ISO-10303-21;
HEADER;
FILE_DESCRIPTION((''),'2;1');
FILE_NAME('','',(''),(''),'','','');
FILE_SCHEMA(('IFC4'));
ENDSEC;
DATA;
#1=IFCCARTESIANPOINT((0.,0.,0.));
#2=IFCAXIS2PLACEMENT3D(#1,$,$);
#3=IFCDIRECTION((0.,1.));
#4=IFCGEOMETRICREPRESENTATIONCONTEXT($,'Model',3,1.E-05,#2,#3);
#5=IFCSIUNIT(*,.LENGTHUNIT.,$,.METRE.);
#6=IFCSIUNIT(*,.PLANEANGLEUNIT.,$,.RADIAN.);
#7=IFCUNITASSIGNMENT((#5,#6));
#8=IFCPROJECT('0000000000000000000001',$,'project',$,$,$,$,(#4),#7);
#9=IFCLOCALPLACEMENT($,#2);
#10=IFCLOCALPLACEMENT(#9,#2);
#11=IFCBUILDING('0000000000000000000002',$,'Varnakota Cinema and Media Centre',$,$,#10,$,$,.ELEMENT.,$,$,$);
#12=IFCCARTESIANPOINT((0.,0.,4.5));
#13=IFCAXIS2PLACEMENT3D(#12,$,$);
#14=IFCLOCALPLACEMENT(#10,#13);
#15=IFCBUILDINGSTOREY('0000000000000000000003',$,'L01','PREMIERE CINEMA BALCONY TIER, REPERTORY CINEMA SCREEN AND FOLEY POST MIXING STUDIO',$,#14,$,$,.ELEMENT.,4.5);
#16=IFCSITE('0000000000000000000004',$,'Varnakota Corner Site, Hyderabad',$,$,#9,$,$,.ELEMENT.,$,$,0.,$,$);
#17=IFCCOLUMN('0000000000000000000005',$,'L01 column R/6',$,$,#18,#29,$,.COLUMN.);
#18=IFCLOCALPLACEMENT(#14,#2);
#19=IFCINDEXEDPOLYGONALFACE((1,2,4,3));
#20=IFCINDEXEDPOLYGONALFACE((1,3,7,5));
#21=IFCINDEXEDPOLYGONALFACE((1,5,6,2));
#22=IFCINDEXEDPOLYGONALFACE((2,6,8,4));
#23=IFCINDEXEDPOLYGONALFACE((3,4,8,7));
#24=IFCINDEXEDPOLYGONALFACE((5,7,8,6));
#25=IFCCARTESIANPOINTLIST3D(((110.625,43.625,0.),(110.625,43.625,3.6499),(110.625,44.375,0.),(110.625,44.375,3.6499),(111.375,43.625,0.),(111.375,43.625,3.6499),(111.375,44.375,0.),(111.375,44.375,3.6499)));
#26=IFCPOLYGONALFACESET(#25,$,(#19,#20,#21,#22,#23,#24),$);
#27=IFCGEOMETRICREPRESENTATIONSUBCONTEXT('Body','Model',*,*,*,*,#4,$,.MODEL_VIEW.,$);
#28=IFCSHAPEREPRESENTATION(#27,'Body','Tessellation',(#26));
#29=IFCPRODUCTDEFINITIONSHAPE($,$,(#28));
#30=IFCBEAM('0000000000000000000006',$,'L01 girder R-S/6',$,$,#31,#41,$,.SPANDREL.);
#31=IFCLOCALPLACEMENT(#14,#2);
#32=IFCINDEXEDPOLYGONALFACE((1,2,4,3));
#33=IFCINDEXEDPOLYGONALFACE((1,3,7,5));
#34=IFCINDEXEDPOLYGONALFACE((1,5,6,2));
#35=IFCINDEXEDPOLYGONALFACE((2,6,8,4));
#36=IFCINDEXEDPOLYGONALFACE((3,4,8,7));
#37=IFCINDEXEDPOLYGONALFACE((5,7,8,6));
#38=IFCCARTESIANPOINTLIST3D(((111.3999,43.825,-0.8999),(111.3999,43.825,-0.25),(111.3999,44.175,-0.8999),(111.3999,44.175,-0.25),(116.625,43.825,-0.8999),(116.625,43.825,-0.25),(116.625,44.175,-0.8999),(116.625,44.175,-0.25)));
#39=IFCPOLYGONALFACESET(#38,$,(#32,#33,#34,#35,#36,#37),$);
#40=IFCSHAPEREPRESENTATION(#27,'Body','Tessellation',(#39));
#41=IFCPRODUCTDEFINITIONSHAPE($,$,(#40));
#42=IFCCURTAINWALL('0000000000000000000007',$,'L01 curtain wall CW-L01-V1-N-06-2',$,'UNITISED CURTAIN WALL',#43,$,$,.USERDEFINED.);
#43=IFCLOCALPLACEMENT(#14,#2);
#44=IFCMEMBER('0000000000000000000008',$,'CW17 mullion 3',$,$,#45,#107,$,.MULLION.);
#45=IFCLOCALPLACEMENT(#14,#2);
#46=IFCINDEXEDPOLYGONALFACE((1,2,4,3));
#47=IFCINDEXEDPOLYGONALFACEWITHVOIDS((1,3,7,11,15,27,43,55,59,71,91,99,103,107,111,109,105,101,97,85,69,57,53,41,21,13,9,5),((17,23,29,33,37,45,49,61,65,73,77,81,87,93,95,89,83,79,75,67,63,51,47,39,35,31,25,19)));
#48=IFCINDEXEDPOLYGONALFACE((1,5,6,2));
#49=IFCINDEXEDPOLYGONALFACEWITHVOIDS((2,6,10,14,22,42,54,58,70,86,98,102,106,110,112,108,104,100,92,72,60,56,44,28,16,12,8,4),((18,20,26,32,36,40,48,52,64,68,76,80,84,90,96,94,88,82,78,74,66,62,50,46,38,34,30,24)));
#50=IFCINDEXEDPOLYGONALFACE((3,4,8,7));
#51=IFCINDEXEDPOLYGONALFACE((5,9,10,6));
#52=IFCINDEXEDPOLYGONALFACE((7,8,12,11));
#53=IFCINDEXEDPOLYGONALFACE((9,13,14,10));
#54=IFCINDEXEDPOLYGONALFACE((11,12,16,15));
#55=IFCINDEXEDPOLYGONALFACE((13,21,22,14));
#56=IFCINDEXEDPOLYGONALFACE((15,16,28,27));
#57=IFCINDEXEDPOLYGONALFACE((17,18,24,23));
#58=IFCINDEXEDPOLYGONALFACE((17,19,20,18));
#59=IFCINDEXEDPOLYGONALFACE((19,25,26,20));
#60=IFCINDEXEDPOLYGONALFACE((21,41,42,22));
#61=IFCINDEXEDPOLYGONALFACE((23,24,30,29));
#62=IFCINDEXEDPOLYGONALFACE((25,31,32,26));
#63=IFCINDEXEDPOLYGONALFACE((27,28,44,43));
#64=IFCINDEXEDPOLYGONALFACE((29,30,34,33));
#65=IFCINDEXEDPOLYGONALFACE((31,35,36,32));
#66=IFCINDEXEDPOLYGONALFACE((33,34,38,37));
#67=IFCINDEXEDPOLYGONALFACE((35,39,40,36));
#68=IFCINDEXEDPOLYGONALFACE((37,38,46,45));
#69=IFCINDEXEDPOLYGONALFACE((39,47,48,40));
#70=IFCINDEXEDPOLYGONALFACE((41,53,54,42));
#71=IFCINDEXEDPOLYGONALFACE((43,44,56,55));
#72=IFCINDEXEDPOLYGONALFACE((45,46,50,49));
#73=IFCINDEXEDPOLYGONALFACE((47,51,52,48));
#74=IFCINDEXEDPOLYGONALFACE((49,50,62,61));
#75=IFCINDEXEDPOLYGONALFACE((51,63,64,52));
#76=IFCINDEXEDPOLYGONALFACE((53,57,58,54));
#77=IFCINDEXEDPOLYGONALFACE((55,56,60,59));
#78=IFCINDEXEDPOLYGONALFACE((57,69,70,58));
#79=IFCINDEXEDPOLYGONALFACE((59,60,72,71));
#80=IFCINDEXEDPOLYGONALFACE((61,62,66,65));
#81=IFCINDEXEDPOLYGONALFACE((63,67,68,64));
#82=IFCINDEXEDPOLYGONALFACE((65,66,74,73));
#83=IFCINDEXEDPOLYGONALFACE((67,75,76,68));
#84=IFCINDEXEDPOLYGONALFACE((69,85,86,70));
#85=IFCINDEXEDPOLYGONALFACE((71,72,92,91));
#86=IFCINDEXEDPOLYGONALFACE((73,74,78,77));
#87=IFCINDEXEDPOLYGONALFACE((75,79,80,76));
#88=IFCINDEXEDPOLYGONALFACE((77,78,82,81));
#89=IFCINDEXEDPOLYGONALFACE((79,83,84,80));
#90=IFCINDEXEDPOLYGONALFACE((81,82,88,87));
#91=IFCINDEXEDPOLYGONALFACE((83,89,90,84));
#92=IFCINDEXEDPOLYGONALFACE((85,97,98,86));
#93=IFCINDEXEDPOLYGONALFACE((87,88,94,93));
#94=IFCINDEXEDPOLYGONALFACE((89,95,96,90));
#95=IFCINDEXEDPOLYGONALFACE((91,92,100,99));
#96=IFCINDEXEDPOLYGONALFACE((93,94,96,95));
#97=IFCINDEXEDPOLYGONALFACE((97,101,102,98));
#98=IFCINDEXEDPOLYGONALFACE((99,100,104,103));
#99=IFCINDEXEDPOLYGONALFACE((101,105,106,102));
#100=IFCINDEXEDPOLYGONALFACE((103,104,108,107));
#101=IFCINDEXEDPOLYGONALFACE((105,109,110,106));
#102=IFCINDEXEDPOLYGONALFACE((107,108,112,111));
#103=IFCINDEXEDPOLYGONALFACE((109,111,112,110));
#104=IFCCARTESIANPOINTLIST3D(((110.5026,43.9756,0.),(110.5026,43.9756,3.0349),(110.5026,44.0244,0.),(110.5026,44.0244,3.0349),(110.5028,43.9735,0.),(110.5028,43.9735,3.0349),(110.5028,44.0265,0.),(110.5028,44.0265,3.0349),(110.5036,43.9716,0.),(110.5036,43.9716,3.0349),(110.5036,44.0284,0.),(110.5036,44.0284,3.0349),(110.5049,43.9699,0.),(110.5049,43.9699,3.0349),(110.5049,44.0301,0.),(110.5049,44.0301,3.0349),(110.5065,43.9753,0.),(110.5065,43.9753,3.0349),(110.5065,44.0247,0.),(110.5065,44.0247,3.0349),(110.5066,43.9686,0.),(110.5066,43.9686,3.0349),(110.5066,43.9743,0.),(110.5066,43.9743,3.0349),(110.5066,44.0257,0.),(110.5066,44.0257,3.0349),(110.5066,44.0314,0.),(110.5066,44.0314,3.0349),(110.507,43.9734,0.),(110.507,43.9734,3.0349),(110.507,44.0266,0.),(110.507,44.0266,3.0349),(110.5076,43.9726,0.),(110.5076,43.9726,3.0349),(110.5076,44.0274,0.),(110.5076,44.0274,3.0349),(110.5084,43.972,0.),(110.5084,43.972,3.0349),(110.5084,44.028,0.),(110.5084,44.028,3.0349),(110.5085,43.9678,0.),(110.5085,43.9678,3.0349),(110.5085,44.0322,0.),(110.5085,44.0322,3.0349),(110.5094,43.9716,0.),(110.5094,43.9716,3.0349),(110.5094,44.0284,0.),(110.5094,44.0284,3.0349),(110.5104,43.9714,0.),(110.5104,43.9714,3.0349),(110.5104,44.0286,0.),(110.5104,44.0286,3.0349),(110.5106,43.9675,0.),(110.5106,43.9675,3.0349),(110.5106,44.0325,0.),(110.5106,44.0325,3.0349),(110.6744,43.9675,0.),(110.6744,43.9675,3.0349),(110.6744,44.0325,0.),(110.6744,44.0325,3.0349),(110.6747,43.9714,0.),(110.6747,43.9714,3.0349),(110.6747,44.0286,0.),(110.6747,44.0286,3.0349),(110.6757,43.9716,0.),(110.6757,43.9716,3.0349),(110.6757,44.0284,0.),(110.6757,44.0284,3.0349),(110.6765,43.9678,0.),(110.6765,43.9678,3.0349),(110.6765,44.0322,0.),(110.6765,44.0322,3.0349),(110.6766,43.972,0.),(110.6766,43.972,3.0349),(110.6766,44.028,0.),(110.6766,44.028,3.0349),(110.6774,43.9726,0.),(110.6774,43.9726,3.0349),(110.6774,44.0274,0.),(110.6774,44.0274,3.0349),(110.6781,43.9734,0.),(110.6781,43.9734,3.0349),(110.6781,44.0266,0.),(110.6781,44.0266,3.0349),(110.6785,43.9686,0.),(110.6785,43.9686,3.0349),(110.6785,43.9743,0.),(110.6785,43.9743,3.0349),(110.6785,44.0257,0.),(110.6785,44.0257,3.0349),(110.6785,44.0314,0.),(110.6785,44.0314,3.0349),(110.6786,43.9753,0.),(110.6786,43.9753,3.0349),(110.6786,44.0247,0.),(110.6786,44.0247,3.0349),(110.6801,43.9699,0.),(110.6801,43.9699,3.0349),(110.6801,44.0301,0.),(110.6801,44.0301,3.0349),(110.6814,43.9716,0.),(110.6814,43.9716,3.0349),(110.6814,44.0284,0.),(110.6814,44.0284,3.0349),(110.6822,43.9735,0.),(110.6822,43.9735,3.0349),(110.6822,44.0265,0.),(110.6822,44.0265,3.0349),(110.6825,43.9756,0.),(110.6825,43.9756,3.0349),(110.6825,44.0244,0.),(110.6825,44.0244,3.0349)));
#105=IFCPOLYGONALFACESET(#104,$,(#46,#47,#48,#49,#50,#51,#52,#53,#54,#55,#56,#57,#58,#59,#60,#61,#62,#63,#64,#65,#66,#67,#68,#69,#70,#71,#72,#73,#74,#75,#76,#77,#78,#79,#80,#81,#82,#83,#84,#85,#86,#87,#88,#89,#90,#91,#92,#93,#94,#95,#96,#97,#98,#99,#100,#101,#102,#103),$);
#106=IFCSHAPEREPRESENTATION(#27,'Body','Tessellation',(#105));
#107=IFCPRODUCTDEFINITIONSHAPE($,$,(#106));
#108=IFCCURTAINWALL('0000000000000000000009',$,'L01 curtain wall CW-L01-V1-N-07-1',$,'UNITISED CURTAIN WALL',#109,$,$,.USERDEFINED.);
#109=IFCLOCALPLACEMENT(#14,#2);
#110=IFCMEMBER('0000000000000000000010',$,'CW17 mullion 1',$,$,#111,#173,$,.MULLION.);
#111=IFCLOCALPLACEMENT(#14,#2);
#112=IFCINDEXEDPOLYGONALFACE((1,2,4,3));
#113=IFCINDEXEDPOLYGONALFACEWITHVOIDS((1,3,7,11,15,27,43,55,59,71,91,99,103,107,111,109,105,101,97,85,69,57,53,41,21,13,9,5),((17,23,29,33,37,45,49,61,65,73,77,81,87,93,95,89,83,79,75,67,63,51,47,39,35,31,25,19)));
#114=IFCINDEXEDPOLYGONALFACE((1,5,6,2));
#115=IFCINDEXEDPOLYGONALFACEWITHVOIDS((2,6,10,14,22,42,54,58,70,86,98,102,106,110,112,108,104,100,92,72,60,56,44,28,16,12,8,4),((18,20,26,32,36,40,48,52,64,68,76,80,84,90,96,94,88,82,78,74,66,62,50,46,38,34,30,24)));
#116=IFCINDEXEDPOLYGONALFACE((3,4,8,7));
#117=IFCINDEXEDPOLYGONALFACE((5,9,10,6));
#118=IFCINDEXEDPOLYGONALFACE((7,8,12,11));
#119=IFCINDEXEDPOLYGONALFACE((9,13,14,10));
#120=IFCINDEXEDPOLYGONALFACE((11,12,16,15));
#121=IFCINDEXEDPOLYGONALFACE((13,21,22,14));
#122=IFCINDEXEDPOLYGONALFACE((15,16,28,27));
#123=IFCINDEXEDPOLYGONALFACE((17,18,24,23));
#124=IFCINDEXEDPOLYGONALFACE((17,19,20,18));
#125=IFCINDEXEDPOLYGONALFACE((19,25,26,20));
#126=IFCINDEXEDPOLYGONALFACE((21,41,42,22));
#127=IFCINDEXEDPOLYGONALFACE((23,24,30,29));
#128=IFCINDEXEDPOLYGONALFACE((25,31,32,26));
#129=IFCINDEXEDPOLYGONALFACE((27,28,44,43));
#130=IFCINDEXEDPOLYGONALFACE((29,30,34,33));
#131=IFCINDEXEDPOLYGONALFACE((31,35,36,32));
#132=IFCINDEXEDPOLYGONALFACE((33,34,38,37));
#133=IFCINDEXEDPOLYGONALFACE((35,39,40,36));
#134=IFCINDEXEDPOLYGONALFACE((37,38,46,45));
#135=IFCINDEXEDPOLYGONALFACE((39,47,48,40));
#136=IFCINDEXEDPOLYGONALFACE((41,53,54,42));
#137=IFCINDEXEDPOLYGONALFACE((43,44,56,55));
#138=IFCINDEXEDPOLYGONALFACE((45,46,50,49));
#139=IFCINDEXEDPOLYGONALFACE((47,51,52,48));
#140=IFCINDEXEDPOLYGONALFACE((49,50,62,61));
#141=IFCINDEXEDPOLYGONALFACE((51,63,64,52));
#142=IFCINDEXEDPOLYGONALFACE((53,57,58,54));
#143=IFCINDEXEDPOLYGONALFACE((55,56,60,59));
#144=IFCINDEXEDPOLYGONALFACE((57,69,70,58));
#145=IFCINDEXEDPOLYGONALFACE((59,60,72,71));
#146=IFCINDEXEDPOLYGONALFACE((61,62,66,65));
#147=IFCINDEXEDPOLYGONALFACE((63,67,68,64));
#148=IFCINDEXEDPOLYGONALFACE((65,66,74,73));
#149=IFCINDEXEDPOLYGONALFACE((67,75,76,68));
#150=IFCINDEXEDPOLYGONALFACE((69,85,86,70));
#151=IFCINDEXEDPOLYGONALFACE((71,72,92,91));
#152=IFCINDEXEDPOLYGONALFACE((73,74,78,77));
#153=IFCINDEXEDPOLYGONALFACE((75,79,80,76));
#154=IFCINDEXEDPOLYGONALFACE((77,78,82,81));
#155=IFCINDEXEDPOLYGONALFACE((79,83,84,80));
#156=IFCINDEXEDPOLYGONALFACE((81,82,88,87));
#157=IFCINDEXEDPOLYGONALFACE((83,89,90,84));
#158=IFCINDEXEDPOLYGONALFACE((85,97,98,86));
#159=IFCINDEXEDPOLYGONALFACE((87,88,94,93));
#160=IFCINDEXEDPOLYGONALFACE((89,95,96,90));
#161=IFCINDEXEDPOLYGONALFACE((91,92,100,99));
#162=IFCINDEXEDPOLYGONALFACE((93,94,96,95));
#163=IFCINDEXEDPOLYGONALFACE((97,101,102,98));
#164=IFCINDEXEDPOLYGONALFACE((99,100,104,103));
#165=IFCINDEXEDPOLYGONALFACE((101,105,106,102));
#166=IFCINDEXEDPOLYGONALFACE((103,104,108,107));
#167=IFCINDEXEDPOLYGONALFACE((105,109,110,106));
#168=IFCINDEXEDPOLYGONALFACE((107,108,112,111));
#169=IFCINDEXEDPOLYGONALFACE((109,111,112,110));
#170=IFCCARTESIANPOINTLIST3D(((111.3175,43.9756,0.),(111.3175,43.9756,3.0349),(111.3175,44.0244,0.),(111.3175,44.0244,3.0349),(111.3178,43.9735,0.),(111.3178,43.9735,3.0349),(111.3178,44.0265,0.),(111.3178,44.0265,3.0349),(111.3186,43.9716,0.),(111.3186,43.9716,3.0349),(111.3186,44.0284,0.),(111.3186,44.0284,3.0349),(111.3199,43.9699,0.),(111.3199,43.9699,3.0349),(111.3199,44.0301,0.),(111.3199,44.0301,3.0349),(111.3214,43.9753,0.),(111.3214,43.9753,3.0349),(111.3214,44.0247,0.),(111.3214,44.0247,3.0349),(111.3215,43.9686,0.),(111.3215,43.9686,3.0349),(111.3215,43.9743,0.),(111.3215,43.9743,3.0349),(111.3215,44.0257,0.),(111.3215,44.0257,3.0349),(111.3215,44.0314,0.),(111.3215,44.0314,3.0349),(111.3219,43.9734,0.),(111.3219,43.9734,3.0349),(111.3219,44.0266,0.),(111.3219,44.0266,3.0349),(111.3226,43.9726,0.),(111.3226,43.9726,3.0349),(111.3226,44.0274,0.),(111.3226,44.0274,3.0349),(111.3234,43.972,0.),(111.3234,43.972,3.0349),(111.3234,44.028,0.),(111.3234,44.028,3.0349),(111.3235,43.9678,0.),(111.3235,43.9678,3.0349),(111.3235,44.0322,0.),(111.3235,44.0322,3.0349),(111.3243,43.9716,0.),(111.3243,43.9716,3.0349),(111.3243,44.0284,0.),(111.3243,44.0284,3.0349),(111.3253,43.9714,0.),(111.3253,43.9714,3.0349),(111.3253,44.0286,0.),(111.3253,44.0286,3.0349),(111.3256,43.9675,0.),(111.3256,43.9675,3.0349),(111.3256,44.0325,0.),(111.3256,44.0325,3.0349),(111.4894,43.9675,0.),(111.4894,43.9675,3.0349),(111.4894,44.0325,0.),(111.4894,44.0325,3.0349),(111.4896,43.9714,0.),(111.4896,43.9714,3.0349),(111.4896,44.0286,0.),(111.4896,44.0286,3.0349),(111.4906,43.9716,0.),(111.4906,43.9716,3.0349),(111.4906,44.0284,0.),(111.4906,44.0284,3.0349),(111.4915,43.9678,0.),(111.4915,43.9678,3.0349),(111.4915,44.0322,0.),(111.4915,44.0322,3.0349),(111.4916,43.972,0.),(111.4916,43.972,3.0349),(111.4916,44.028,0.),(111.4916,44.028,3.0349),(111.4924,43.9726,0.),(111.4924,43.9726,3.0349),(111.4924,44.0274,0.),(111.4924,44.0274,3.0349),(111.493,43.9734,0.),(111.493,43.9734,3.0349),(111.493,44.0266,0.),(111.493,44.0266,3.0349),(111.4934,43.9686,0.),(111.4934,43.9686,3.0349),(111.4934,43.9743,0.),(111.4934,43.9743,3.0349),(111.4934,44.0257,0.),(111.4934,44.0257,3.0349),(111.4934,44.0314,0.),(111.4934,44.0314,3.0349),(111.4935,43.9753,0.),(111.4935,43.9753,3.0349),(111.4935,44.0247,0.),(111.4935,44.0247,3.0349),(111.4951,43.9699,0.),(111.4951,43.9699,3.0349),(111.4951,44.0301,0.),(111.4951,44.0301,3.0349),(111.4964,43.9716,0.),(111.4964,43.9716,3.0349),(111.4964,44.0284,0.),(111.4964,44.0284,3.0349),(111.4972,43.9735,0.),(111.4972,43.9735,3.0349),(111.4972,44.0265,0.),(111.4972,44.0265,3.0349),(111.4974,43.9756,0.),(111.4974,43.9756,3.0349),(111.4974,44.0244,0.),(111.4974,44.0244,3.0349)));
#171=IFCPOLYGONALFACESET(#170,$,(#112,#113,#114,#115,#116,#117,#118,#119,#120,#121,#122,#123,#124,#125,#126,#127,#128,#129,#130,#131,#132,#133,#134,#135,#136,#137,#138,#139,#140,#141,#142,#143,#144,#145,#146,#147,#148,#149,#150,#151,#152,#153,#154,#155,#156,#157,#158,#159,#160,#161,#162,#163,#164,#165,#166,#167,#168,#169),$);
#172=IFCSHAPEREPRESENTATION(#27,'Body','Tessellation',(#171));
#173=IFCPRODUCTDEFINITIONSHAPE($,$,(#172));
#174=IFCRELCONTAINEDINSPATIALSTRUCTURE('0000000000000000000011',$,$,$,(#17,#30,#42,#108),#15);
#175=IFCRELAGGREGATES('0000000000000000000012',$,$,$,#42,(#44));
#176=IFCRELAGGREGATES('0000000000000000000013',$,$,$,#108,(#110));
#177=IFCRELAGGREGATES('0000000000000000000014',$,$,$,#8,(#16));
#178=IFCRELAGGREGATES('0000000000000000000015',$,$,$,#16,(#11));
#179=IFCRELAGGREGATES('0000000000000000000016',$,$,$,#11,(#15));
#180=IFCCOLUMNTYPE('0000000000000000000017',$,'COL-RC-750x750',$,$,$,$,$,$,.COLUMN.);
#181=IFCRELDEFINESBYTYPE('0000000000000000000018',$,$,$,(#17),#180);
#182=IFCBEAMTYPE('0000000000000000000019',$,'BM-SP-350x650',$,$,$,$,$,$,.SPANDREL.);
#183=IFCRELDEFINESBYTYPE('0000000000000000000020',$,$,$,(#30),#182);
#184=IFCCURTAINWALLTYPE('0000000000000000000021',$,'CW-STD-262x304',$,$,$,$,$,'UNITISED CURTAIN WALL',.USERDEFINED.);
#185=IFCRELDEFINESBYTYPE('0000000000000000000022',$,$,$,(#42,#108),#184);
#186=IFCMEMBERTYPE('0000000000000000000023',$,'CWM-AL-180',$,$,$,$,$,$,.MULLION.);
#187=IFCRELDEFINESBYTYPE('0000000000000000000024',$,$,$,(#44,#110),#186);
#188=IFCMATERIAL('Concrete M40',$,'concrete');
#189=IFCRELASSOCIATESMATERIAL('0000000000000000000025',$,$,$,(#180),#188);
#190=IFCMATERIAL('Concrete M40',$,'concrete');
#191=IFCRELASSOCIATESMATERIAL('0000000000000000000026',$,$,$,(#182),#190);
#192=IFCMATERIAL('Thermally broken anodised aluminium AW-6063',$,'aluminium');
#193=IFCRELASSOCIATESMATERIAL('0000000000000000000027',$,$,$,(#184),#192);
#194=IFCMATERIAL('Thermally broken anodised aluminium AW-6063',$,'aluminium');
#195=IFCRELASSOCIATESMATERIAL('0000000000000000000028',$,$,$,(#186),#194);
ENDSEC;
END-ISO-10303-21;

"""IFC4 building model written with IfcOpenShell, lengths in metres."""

from ifc_helpers import new_model, si_unit, direction, frame, origin, origin_2d, place, context, subcontext, project, spatial, rectangle, hollow_rectangle, extrude, material, material_profile, profile_set, type_object, element, aggregate, save


model = new_model("IFC4")

# Units and contexts
model_context = context("Model", 3, precision=1e-05, world=origin(), true_north=direction((0.0, 1.0)))
body_context = subcontext(model_context, "Body", "Model", "MODEL_VIEW")
ifc_project = project(units=[si_unit("LENGTHUNIT", "METRE"), si_unit("PLANEANGLEUNIT", "RADIAN")], contexts=[model_context])

# Site, building, storey
site_placement = place(None, origin())
site = spatial("IfcSite", under=ifc_project, at=site_placement, Name="Varnakota Corner Site, Hyderabad", CompositionType="ELEMENT", RefElevation=0.0)
building_placement = place(site_placement, origin())
building = spatial("IfcBuilding", under=site, at=building_placement, Name="Varnakota Cinema and Media Centre", CompositionType="ELEMENT")
storey_placement = place(building_placement, frame((0.0, 0.0, 4.5)))
storey = spatial("IfcBuildingStorey", under=building, at=storey_placement, Name="L01", Description="PREMIERE CINEMA BALCONY TIER, REPERTORY CINEMA SCREEN AND FOLEY POST MIXING STUDIO", CompositionType="ELEMENT", Elevation=4.5)

# Column
ifc_material_1 = material(Name="Concrete M40", Category="concrete")
ifc_material_profile_1 = material_profile(ifc_material_1, rectangle(XDim=0.75, YDim=0.75, at=origin_2d()), Name="RC 750x750")
ifc_profile_set_1 = profile_set([ifc_material_profile_1], Name="Concrete M40")
column_type = type_object("IfcColumnType", Name="COL-RC-750x750", PredefinedType="COLUMN", material=ifc_profile_set_1)
column_placement = place(storey_placement, frame((111.0, 44.0, 0.0), z_axis=(0.0, 0.0, 1.0), x_axis=(1.0, 0.0, 0.0)))
element("IfcColumn", 1, at=column_placement, inside=storey, type_object=column_type, Name="L01 column R/6", PredefinedType="COLUMN", context=body_context, shape_type="SweptSolid", body=[
    extrude(rectangle(XDim=0.75, YDim=0.75, at=origin_2d()), origin(), (0.0, 0.0, 1.0), 3.6499),
])

# Beam
ifc_material_2 = material(Name="Concrete M40", Category="concrete")
ifc_material_profile_2 = material_profile(ifc_material_2, rectangle(XDim=0.3501, YDim=0.6499, at=origin_2d()), Name="RCB 350x650")
ifc_profile_set_2 = profile_set([ifc_material_profile_2], Name="Concrete M40")
beam_type = type_object("IfcBeamType", Name="BM-SP-350x650", PredefinedType="SPANDREL", material=ifc_profile_set_2)
beam_placement = place(storey_placement, frame((111.3999, 44.0, -0.575), z_axis=(1.0, 0.0, 0.0), x_axis=(0.0, 1.0, 0.0)))
element("IfcBeam", 2, at=beam_placement, inside=storey, type_object=beam_type, Name="L01 girder R-S/6", PredefinedType="SPANDREL", context=body_context, shape_type="SweptSolid", body=[
    extrude(rectangle(XDim=0.3501, YDim=0.6499, at=origin_2d()), origin(), (0.0, 0.0, 1.0), 5.2251),
])

# Curtain wall, member
ifc_material_3 = material(Name="Thermally broken anodised aluminium AW-6063", Category="aluminium")
curtain_wall_type = type_object("IfcCurtainWallType", Name="CW-STD-262x304", ElementType="UNITISED CURTAIN WALL", PredefinedType="USERDEFINED", material=ifc_material_3)
curtain_wall_1_placement = place(storey_placement, origin())
curtain_wall_1 = element("IfcCurtainWall", 3, at=curtain_wall_1_placement, inside=storey, type_object=curtain_wall_type, Name="L01 curtain wall CW-L01-V1-N-06-2", ObjectType="UNITISED CURTAIN WALL", PredefinedType="USERDEFINED")
ifc_material_4 = material(Name="Thermally broken anodised aluminium AW-6063", Category="aluminium")
ifc_material_profile_3 = material_profile(ifc_material_4, hollow_rectangle(XDim=0.0649, YDim=0.1799, WallThickness=0.0039, InnerFilletRadius=0.0039, OuterFilletRadius=0.0081, at=origin_2d()), Name="AL-MULLION 180x65x4")
ifc_profile_set_3 = profile_set([ifc_material_profile_3], Name="Thermally broken anodised aluminium AW-6063")
member_type_1 = type_object("IfcMemberType", Name="CWM-AL-180", PredefinedType="MULLION", material=ifc_profile_set_3)
member_1_placement = place(storey_placement, frame((110.5925, 44.0, 0.0), z_axis=(0.0, 0.0, 1.0), x_axis=(0.0, 1.0, 0.0)))
member_1 = element("IfcMember", 4, at=member_1_placement, type_object=member_type_1, Name="CW17 mullion 3", PredefinedType="MULLION", context=body_context, shape_type="SweptSolid", body=[
    extrude(hollow_rectangle(XDim=0.0649, YDim=0.1799, WallThickness=0.0039, InnerFilletRadius=0.0039, OuterFilletRadius=0.0081, at=origin_2d()), origin(), (0.0, 0.0, 1.0), 3.0349),
])
aggregate(curtain_wall_1, [member_1])

# Curtain wall, member
curtain_wall_2_placement = place(storey_placement, origin())
curtain_wall_2 = element("IfcCurtainWall", 5, at=curtain_wall_2_placement, inside=storey, type_object=curtain_wall_type, Name="L01 curtain wall CW-L01-V1-N-07-1", ObjectType="UNITISED CURTAIN WALL", PredefinedType="USERDEFINED")
member_2_placement = place(storey_placement, frame((111.4075, 44.0, 0.0), z_axis=(0.0, 0.0, 1.0), x_axis=(0.0, 1.0, 0.0)))
member_2 = element("IfcMember", 6, at=member_2_placement, type_object=member_type_1, Name="CW17 mullion 1", PredefinedType="MULLION", context=body_context, shape_type="SweptSolid", body=[
    extrude(hollow_rectangle(XDim=0.0649, YDim=0.1799, WallThickness=0.0039, InnerFilletRadius=0.0039, OuterFilletRadius=0.0081, at=origin_2d()), origin(), (0.0, 0.0, 1.0), 3.0349),
])

aggregate(curtain_wall_2, [member_2])

save(model, "model.ifc")
